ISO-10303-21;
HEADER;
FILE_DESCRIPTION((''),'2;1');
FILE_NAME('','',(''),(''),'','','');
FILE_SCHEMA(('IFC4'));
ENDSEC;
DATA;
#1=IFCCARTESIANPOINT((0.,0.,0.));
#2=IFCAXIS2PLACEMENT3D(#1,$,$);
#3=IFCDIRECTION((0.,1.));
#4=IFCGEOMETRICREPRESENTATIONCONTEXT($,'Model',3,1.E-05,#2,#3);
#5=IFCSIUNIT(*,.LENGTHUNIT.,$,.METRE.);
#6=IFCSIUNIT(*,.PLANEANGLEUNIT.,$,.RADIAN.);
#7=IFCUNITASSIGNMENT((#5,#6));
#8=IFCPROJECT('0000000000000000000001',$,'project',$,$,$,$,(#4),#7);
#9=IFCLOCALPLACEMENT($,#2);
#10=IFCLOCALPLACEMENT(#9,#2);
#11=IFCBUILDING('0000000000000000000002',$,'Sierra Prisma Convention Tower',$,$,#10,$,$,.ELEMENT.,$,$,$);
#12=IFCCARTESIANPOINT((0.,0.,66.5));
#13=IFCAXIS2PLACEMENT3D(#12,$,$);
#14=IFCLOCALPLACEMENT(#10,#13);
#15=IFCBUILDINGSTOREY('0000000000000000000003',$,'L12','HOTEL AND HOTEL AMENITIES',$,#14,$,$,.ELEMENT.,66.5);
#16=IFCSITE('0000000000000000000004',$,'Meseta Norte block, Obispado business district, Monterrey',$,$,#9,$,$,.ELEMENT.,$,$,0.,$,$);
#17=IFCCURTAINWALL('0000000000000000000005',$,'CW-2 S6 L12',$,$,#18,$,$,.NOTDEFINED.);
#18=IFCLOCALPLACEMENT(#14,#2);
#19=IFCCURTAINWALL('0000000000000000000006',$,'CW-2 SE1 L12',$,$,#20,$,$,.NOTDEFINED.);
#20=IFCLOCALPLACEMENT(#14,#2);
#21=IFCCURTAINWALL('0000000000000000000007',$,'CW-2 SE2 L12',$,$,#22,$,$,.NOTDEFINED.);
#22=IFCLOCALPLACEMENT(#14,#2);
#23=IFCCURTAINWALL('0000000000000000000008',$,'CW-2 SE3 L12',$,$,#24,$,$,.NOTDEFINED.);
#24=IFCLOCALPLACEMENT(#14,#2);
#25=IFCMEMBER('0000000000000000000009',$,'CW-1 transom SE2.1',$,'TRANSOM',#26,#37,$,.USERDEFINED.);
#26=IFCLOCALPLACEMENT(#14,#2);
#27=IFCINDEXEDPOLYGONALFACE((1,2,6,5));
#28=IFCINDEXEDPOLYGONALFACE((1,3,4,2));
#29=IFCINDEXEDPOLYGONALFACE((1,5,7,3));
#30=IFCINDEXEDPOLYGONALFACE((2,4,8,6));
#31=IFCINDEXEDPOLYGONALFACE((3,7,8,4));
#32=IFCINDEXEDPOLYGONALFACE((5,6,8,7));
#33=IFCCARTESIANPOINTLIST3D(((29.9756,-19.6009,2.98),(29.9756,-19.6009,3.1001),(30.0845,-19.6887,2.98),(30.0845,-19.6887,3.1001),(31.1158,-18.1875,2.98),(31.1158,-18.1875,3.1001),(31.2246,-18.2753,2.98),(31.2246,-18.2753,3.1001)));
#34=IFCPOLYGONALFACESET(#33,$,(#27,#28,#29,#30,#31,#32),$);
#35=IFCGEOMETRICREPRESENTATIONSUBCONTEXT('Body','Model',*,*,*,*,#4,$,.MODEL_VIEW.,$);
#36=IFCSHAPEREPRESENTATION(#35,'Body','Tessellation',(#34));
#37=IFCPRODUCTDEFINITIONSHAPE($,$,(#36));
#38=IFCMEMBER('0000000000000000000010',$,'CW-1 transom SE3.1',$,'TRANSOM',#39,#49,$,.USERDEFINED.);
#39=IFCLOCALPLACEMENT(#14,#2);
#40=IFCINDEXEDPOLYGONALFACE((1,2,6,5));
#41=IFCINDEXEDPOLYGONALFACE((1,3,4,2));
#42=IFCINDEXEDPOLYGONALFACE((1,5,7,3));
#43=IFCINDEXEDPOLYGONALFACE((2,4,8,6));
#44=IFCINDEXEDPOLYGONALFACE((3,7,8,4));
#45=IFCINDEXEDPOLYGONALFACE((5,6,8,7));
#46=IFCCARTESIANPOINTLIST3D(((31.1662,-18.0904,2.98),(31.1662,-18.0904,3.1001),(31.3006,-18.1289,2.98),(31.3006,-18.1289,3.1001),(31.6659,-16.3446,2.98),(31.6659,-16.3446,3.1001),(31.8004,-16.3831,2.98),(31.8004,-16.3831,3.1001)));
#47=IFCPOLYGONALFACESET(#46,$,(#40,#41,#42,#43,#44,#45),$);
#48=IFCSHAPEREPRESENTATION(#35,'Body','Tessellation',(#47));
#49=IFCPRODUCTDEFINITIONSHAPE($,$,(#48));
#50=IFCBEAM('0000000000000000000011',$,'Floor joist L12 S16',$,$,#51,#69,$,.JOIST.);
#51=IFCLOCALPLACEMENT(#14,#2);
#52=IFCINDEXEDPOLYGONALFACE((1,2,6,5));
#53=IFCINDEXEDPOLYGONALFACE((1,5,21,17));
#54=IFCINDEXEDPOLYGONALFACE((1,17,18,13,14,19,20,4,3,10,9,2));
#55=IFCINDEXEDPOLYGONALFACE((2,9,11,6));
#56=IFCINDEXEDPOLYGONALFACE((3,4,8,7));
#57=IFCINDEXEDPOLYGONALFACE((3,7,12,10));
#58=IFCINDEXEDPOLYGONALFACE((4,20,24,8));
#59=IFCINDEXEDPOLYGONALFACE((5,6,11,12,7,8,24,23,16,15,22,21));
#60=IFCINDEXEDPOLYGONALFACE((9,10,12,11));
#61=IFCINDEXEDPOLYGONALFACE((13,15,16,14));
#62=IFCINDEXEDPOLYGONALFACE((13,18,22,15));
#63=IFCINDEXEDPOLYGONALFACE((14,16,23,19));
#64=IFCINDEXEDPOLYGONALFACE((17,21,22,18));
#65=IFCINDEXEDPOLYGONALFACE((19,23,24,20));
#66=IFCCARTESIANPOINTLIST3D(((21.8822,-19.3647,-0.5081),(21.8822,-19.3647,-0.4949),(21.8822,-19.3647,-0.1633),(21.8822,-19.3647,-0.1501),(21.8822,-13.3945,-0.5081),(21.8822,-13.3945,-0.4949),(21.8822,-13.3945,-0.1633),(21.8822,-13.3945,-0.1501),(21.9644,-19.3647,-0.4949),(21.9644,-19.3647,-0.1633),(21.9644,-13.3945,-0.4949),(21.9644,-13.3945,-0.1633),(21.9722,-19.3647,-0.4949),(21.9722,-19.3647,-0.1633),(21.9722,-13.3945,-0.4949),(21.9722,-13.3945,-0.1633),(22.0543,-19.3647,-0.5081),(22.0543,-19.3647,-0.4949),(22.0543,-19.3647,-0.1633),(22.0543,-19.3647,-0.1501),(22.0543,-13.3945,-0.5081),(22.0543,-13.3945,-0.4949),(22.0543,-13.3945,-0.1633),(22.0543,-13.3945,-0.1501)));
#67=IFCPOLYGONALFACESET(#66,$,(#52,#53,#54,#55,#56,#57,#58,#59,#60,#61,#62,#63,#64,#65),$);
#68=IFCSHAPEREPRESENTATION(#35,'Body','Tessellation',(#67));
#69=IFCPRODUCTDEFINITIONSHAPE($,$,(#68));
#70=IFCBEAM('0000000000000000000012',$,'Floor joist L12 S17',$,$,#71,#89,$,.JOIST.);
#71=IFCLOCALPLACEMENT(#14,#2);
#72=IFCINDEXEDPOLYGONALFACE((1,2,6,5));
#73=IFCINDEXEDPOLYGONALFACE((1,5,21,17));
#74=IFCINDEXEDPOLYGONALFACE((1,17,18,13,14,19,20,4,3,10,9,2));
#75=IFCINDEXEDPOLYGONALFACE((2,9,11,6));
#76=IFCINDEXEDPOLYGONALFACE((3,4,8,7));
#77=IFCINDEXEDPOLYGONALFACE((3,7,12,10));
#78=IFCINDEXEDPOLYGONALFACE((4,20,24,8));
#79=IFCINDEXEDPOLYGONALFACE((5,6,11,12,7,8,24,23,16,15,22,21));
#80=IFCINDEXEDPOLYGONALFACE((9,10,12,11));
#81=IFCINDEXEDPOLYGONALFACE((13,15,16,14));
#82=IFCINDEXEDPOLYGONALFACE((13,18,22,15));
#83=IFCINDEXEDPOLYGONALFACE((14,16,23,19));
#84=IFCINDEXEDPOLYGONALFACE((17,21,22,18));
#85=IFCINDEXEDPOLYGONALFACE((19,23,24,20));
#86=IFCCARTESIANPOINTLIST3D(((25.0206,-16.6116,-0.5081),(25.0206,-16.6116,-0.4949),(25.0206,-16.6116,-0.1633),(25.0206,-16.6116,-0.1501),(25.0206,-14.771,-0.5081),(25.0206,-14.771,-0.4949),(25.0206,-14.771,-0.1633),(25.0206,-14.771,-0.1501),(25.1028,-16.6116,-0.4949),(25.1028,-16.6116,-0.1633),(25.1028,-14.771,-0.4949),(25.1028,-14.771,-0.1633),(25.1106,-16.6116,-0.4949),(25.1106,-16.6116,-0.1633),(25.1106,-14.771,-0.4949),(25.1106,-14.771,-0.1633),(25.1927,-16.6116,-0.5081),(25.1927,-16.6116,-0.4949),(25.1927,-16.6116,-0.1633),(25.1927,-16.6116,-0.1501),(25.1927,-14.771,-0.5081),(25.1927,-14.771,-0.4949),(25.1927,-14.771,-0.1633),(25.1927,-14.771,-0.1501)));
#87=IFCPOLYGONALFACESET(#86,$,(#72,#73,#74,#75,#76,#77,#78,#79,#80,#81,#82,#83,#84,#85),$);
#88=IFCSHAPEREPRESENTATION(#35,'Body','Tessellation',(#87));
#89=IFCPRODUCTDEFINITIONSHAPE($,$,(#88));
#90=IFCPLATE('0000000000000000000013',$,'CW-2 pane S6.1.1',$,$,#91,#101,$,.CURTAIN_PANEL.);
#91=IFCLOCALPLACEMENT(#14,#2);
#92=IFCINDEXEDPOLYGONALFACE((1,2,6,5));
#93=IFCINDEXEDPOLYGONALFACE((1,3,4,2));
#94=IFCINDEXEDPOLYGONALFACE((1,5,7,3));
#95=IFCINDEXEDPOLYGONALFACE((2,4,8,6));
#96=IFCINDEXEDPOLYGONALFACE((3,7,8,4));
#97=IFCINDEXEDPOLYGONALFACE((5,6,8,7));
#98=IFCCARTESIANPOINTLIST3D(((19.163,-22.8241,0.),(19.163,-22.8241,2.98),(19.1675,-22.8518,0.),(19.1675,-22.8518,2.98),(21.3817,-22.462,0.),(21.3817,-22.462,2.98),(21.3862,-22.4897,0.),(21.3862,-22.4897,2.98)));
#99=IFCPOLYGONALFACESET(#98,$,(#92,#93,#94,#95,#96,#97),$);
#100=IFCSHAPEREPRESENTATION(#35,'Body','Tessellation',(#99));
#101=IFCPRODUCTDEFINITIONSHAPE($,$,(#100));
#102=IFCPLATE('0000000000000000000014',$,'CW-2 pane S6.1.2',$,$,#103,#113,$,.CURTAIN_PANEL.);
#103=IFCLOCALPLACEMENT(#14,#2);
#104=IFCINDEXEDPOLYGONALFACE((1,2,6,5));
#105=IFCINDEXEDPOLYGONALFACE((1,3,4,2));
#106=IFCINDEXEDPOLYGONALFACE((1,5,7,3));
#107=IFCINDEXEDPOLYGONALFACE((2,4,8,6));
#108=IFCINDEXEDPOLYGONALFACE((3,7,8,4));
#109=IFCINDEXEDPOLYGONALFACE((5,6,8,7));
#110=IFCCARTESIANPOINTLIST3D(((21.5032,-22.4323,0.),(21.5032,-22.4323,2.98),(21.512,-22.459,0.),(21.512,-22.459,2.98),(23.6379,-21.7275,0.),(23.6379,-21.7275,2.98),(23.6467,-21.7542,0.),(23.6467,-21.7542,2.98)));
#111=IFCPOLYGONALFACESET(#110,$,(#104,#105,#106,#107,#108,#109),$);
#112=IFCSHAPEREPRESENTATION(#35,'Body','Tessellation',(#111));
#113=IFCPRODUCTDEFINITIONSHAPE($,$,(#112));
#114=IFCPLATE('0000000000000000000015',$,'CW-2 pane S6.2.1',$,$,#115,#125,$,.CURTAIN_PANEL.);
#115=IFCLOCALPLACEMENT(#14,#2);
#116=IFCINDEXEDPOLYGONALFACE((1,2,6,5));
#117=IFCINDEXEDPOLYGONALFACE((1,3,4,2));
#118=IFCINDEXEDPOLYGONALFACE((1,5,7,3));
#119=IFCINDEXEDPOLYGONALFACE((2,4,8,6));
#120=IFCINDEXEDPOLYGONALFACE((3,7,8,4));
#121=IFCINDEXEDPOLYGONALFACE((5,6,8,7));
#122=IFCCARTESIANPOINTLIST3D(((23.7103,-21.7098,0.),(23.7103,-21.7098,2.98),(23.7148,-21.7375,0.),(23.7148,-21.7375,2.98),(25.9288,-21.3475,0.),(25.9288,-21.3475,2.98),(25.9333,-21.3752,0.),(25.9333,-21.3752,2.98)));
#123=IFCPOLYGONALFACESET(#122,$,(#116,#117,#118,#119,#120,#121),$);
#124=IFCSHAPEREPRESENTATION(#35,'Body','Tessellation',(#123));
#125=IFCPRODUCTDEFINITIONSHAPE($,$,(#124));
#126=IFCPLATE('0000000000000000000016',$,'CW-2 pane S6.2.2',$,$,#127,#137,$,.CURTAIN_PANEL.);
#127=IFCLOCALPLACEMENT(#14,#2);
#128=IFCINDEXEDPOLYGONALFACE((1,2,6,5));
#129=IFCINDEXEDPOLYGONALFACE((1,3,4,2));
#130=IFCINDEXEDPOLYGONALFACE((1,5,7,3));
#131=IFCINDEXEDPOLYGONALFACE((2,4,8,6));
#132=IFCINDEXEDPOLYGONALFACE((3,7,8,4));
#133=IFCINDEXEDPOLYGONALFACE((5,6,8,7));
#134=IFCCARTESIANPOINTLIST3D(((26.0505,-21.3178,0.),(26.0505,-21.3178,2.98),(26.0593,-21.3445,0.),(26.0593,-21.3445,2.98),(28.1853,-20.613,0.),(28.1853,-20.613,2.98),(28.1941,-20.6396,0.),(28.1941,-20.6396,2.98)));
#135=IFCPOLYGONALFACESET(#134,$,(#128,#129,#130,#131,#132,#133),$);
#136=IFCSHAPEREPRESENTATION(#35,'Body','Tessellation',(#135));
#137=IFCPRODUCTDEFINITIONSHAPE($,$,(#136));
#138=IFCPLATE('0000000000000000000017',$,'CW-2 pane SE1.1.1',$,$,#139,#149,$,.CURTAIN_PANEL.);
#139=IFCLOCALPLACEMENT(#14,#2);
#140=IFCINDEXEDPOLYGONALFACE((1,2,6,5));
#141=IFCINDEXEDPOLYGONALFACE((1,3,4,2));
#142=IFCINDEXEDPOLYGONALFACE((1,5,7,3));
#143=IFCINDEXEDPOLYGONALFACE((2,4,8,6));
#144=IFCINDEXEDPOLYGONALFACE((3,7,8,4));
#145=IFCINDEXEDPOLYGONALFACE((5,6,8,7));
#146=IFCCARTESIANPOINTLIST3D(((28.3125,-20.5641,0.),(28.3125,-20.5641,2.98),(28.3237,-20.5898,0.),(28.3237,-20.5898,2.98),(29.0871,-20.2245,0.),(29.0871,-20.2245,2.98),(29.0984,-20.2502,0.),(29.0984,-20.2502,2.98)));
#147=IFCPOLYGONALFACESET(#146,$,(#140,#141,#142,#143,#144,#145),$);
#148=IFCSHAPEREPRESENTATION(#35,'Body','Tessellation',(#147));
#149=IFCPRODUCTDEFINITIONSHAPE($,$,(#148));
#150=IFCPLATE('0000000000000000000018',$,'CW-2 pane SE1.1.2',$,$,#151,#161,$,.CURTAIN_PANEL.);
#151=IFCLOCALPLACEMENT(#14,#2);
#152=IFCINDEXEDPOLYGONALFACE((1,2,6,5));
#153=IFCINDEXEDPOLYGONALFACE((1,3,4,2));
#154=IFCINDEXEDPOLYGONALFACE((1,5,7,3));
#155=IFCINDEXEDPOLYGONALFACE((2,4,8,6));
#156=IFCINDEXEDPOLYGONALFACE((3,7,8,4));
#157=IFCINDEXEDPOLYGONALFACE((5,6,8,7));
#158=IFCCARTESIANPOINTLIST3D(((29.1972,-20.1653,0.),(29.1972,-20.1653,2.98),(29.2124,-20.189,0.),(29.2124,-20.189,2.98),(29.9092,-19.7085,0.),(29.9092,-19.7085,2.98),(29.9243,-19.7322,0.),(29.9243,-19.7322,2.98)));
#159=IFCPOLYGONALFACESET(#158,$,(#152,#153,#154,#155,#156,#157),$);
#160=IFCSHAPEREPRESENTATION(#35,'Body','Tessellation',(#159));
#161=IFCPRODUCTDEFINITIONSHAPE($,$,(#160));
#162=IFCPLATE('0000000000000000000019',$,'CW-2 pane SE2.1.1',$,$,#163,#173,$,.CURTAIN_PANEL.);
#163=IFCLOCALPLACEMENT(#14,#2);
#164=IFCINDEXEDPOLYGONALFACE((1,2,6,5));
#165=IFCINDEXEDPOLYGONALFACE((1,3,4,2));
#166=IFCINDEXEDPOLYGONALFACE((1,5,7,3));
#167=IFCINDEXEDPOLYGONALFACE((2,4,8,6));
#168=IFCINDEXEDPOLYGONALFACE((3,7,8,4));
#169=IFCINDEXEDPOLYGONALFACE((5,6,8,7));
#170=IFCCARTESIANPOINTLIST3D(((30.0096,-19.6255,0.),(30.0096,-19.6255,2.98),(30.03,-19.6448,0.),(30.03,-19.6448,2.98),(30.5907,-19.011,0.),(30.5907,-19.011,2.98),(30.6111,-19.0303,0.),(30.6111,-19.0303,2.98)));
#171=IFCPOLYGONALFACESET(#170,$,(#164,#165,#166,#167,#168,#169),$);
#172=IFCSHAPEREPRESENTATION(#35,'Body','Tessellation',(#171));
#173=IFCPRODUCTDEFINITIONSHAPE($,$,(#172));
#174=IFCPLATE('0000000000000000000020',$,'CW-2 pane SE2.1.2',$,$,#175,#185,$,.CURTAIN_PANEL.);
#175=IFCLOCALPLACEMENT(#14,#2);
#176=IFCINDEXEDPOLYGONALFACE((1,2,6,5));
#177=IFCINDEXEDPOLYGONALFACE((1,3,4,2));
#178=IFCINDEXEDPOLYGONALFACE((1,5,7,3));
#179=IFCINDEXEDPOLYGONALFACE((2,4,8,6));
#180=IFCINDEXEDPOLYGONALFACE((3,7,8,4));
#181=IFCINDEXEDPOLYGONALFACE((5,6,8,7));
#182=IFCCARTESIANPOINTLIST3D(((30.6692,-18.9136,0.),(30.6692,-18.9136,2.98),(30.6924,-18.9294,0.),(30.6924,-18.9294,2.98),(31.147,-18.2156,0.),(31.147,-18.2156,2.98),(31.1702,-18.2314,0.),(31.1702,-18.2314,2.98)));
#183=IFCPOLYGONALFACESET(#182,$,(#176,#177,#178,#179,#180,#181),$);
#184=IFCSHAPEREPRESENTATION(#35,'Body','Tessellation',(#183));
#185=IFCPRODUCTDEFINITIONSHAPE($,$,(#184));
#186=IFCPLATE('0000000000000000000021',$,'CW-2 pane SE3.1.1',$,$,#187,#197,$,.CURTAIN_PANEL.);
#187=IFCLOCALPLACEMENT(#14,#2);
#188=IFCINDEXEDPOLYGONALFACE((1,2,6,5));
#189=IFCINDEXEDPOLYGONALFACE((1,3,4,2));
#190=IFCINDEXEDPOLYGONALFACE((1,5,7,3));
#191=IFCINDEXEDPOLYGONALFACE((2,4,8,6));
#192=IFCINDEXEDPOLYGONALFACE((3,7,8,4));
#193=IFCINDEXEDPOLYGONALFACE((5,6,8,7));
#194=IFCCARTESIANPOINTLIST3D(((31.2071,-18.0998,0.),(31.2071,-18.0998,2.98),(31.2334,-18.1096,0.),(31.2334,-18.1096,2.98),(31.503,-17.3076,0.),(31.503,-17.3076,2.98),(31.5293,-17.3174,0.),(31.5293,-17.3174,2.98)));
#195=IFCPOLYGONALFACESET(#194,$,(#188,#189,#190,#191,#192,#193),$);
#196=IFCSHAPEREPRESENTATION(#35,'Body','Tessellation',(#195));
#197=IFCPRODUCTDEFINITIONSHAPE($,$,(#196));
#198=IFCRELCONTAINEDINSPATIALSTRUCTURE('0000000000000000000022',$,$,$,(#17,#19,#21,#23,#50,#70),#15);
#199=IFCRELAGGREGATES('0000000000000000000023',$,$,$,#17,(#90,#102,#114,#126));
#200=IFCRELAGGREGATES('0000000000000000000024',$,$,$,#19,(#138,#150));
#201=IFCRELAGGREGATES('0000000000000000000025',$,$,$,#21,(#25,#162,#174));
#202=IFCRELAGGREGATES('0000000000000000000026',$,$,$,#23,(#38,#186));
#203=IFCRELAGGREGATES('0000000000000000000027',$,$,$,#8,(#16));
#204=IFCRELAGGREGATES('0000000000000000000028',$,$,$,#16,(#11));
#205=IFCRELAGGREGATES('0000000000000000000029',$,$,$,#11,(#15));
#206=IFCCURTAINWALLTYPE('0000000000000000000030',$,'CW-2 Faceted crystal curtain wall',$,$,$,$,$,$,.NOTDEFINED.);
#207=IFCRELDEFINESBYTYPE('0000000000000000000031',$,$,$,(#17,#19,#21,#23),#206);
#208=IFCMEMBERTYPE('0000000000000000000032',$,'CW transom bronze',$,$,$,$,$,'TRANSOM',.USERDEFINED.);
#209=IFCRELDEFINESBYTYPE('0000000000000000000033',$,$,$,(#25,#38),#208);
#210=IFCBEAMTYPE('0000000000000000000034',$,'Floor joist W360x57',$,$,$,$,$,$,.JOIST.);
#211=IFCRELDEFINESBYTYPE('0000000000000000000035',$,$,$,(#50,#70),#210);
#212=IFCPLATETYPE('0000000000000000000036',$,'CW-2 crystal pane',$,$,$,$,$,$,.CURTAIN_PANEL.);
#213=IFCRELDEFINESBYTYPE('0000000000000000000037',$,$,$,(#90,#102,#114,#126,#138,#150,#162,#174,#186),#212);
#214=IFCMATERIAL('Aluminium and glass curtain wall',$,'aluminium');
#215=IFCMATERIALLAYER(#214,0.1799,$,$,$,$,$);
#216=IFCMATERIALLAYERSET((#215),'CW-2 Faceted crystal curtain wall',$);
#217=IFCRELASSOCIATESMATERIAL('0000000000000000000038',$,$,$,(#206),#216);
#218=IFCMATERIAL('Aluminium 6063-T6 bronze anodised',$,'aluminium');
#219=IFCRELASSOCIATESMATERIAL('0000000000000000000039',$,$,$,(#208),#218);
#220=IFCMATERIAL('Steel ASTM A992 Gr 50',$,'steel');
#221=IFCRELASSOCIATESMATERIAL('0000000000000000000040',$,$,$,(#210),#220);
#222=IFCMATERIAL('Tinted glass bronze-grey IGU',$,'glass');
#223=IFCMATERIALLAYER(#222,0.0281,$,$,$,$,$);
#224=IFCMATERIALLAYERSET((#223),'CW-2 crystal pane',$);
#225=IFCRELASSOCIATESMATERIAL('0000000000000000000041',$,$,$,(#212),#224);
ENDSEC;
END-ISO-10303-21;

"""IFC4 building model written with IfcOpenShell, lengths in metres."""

from ifc_helpers import new_model, si_unit, direction, frame, origin, origin_2d, place, context, subcontext, project, spatial, polyline, rectangle, i_section, outline, extrude, material, layer, layer_set, material_profile, profile_set, type_object, element, aggregate, save


model = new_model("IFC4")

# Units and contexts
model_context = context("Model", 3, precision=1e-05, world=origin(), true_north=direction((0.0, 1.0)))
body_context = subcontext(model_context, "Body", "Model", "MODEL_VIEW")
ifc_project = project(units=[si_unit("LENGTHUNIT", "METRE"), si_unit("PLANEANGLEUNIT", "RADIAN")], contexts=[model_context])

# Site, building, storey
site_placement = place(None, origin())
site = spatial("IfcSite", under=ifc_project, at=site_placement, Name="Meseta Norte block, Obispado business district, Monterrey", CompositionType="ELEMENT", RefElevation=0.0)
building_placement = place(site_placement, origin())
building = spatial("IfcBuilding", under=site, at=building_placement, Name="Sierra Prisma Convention Tower", CompositionType="ELEMENT")
storey_placement = place(building_placement, frame((0.0, 0.0, 66.5)))
storey = spatial("IfcBuildingStorey", under=building, at=storey_placement, Name="L12", Description="HOTEL AND HOTEL AMENITIES", CompositionType="ELEMENT", Elevation=66.5)

# Curtain wall
ifc_material_1 = material(Name="Aluminium and glass curtain wall", Category="aluminium")
ifc_layer_1 = layer(ifc_material_1, 0.1799)
ifc_layer_set_1 = layer_set([ifc_layer_1], Name="CW-2 Faceted crystal curtain wall")
curtain_wall_type = type_object("IfcCurtainWallType", Name="CW-2 Faceted crystal curtain wall", PredefinedType="NOTDEFINED", material=ifc_layer_set_1)
curtain_wall_1_placement = place(storey_placement, origin())
curtain_wall_1 = element("IfcCurtainWall", 1, at=curtain_wall_1_placement, inside=storey, type_object=curtain_wall_type, Name="CW-2 S6 L12", PredefinedType="NOTDEFINED")

# Curtain walls
curtain_wall_2_placement = place(storey_placement, origin())
curtain_wall_2 = element("IfcCurtainWall", 2, at=curtain_wall_2_placement, inside=storey, type_object=curtain_wall_type, Name="CW-2 SE1 L12", PredefinedType="NOTDEFINED")
curtain_wall_3_placement = place(storey_placement, origin())
curtain_wall_3 = element("IfcCurtainWall", 3, at=curtain_wall_3_placement, inside=storey, type_object=curtain_wall_type, Name="CW-2 SE2 L12", PredefinedType="NOTDEFINED")
curtain_wall_4_placement = place(storey_placement, origin())
curtain_wall_4 = element("IfcCurtainWall", 4, at=curtain_wall_4_placement, inside=storey, type_object=curtain_wall_type, Name="CW-2 SE3 L12", PredefinedType="NOTDEFINED")

# Members
ifc_material_2 = material(Name="Aluminium 6063-T6 bronze anodised", Category="aluminium")
ifc_material_profile_1 = material_profile(ifc_material_2, rectangle(XDim=0.1399, YDim=0.1201, at=origin_2d()), Name="ALU TRANSOM 120x140")
ifc_profile_set_1 = profile_set([ifc_material_profile_1], Name="Aluminium 6063-T6 bronze anodised")
member_type_1 = type_object("IfcMemberType", Name="CW transom bronze", ElementType="TRANSOM", PredefinedType="USERDEFINED", material=ifc_profile_set_1)
member_1_placement = place(storey_placement, frame((30.03, -19.6448, 3.04), z_axis=(0.627871, 0.778318, 0.0), x_axis=(-0.778318, 0.627871, 0.0)))
member_1 = element("IfcMember", 5, at=member_1_placement, type_object=member_type_1, Name="CW-1 transom SE2.1", ObjectType="TRANSOM", PredefinedType="USERDEFINED", context=body_context, shape_type="SweptSolid", body=[
    extrude(rectangle(XDim=0.1399, YDim=0.1201, at=origin_2d()), origin(), (0.0, 0.0, 1.0), 1.8159),
])
member_2_placement = place(storey_placement, frame((31.2334, -18.1096, 3.04), z_axis=(0.275201, 0.961387, 0.0), x_axis=(-0.961387, 0.275201, 0.0)))
member_2 = element("IfcMember", 6, at=member_2_placement, type_object=member_type_1, Name="CW-1 transom SE3.1", ObjectType="TRANSOM", PredefinedType="USERDEFINED", context=body_context, shape_type="SweptSolid", body=[
    extrude(rectangle(XDim=0.1399, YDim=0.1201, at=origin_2d()), origin(), (0.0, 0.0, 1.0), 1.8159),
])

# Beams
ifc_material_3 = material(Name="Steel ASTM A992 Gr 50", Category="steel")
ifc_material_profile_2 = material_profile(ifc_material_3, i_section(OverallWidth=0.1721, OverallDepth=0.3579, WebThickness=0.0078, FlangeThickness=0.0132, at=origin_2d()), Name="W360x57")
ifc_profile_set_2 = profile_set([ifc_material_profile_2], Name="Steel ASTM A992 Gr 50")
beam_type = type_object("IfcBeamType", Name="Floor joist W360x57", PredefinedType="JOIST", material=ifc_profile_set_2)
beam_1_placement = place(storey_placement, frame((21.9683, -19.3647, -0.3291), z_axis=(0.0, 1.0, 0.0), x_axis=(-1.0, 0.0, 0.0)))
element("IfcBeam", 7, at=beam_1_placement, inside=storey, type_object=beam_type, Name="Floor joist L12 S16", PredefinedType="JOIST", context=body_context, shape_type="SweptSolid", body=[
    extrude(i_section(OverallWidth=0.1721, OverallDepth=0.3579, WebThickness=0.0078, FlangeThickness=0.0132, at=origin_2d()), origin(), (0.0, 0.0, 1.0), 5.9702),
])
beam_2_placement = place(storey_placement, frame((25.1067, -16.6116, -0.3291), z_axis=(0.0, 1.0, 0.0), x_axis=(-1.0, 0.0, 0.0)))
element("IfcBeam", 8, at=beam_2_placement, inside=storey, type_object=beam_type, Name="Floor joist L12 S17", PredefinedType="JOIST", context=body_context, shape_type="SweptSolid", body=[
    extrude(i_section(OverallWidth=0.1721, OverallDepth=0.3579, WebThickness=0.0078, FlangeThickness=0.0132, at=origin_2d()), origin(), (0.0, 0.0, 1.0), 1.8406),
])

# Plates
ifc_material_4 = material(Name="Tinted glass bronze-grey IGU", Category="glass")
ifc_layer_2 = layer(ifc_material_4, 0.0281)
ifc_layer_set_2 = layer_set([ifc_layer_2], Name="CW-2 crystal pane")
plate_type = type_object("IfcPlateType", Name="CW-2 crystal pane", PredefinedType="CURTAIN_PANEL", material=ifc_layer_set_2)
plate_1_placement = place(storey_placement, frame((19.1675, -22.8518, 0.0), z_axis=(0.161052, -0.986946, 0.0), x_axis=(0.986946, 0.161052, 0.0)))
plate_1 = element("IfcPlate", 9, at=plate_1_placement, type_object=plate_type, Name="CW-2 pane S6.1.1", PredefinedType="CURTAIN_PANEL", context=body_context, shape_type="SweptSolid", body=[
    extrude(outline(polyline([(0.0, 0.0), (2.2481, 0.0), (2.2481, 2.98), (0.0, 2.98), (0.0, 0.0)])), origin(), (0.0, 0.0, -1.0), 0.0281),
])
plate_2_placement = place(storey_placement, frame((23.6467, -21.7542, 0.0), z_axis=(0.313522, -0.949581, 0.0), x_axis=(-0.949581, -0.313522, 0.0)))
plate_2 = element("IfcPlate", 10, at=plate_2_placement, type_object=plate_type, Name="CW-2 pane S6.1.2", PredefinedType="CURTAIN_PANEL", context=body_context, shape_type="SweptSolid", body=[
    extrude(outline(polyline([(0.0, 0.0), (2.2481, 0.0), (2.2481, -2.98), (0.0, -2.98), (0.0, 0.0)])), origin(), (0.0, 0.0, -1.0), 0.0281),
])
plate_3_placement = place(storey_placement, frame((23.7148, -21.7375, 0.0), z_axis=(0.161175, -0.986926, 0.0), x_axis=(0.986926, 0.161175, 0.0)))
plate_3 = element("IfcPlate", 11, at=plate_3_placement, type_object=plate_type, Name="CW-2 pane S6.2.1", PredefinedType="CURTAIN_PANEL", context=body_context, shape_type="SweptSolid", body=[
    extrude(outline(polyline([(0.0, 0.0), (2.2479, 0.0), (2.2479, 2.98), (0.0, 2.98), (0.0, 0.0)])), origin(), (0.0, 0.0, -1.0), 0.0281),
])
plate_4_placement = place(storey_placement, frame((28.1941, -20.6396, 0.0), z_axis=(0.313522, -0.949581, 0.0), x_axis=(-0.949581, -0.313522, 0.0)))
plate_4 = element("IfcPlate", 12, at=plate_4_placement, type_object=plate_type, Name="CW-2 pane S6.2.2", PredefinedType="CURTAIN_PANEL", context=body_context, shape_type="SweptSolid", body=[
    extrude(outline(polyline([(0.0, 0.0), (2.2481, 0.0), (2.2481, -2.98), (0.0, -2.98), (0.0, 0.0)])), origin(), (0.0, 0.0, -1.0), 0.0281),
])
aggregate(curtain_wall_1, [plate_1, plate_2, plate_3, plate_4])
plate_5_placement = place(storey_placement, frame((28.3237, -20.5898, 0.0), z_axis=(0.4015, -0.915859, 0.0), x_axis=(0.915859, 0.4015, 0.0)))
plate_5 = element("IfcPlate", 13, at=plate_5_placement, type_object=plate_type, Name="CW-2 pane SE1.1.1", PredefinedType="CURTAIN_PANEL", context=body_context, shape_type="SweptSolid", body=[
    extrude(outline(polyline([(0.0, 0.0), (0.8458, 0.0), (0.8458, 2.98), (0.0, 2.98), (0.0, 0.0)])), origin(), (0.0, 0.0, -1.0), 0.0281),
])
plate_6_placement = place(storey_placement, frame((29.9243, -19.7322, 0.0), z_axis=(0.540028, -0.841647, 0.0), x_axis=(-0.841647, -0.540028, 0.0)))
plate_6 = element("IfcPlate", 14, at=plate_6_placement, type_object=plate_type, Name="CW-2 pane SE1.1.2", PredefinedType="CURTAIN_PANEL", context=body_context, shape_type="SweptSolid", body=[
    extrude(outline(polyline([(0.0, 0.0), (0.8459, 0.0), (0.8459, -2.98), (0.0, -2.98), (0.0, 0.0)])), origin(), (0.0, 0.0, -1.0), 0.0281),
])
aggregate(curtain_wall_2, [plate_5, plate_6])
plate_7_placement = place(storey_placement, frame((30.03, -19.6448, 0.0), z_axis=(0.726605, -0.687056, 0.0), x_axis=(0.687056, 0.726605, 0.0)))
plate_7 = element("IfcPlate", 15, at=plate_7_placement, type_object=plate_type, Name="CW-2 pane SE2.1.1", PredefinedType="CURTAIN_PANEL", context=body_context, shape_type="SweptSolid", body=[
    extrude(outline(polyline([(0.0, 0.0), (0.8457, 0.0), (0.8457, 2.98), (0.0, 2.98), (0.0, 0.0)])), origin(), (0.0, 0.0, -1.0), 0.0281),
])
plate_8_placement = place(storey_placement, frame((31.1702, -18.2314, 0.0), z_axis=(0.825194, -0.564849, 0.0), x_axis=(-0.564849, -0.825194, 0.0)))
plate_8 = element("IfcPlate", 16, at=plate_8_placement, type_object=plate_type, Name="CW-2 pane SE2.1.2", PredefinedType="CURTAIN_PANEL", context=body_context, shape_type="SweptSolid", body=[
    extrude(outline(polyline([(0.0, 0.0), (0.8459, 0.0), (0.8459, -2.98), (0.0, -2.98), (0.0, 0.0)])), origin(), (0.0, 0.0, -1.0), 0.0281),
])
aggregate(curtain_wall_3, [member_1, plate_7, plate_8])
plate_9_placement = place(storey_placement, frame((31.2334, -18.1096, 0.0), z_axis=(0.936791, -0.349889, 0.0), x_axis=(0.349889, 0.936791, 0.0)))
plate_9 = element("IfcPlate", 17, at=plate_9_placement, type_object=plate_type, Name="CW-2 pane SE3.1.1", PredefinedType="CURTAIN_PANEL", context=body_context, shape_type="SweptSolid", body=[
    extrude(outline(polyline([(0.0, 0.0), (0.8457, 0.0), (0.8457, 2.98), (0.0, 2.98), (0.0, 0.0)])), origin(), (0.0, 0.0, -1.0), 0.0281),
])
aggregate(curtain_wall_4, [member_2, plate_9])

save(model, "model.ifc")
